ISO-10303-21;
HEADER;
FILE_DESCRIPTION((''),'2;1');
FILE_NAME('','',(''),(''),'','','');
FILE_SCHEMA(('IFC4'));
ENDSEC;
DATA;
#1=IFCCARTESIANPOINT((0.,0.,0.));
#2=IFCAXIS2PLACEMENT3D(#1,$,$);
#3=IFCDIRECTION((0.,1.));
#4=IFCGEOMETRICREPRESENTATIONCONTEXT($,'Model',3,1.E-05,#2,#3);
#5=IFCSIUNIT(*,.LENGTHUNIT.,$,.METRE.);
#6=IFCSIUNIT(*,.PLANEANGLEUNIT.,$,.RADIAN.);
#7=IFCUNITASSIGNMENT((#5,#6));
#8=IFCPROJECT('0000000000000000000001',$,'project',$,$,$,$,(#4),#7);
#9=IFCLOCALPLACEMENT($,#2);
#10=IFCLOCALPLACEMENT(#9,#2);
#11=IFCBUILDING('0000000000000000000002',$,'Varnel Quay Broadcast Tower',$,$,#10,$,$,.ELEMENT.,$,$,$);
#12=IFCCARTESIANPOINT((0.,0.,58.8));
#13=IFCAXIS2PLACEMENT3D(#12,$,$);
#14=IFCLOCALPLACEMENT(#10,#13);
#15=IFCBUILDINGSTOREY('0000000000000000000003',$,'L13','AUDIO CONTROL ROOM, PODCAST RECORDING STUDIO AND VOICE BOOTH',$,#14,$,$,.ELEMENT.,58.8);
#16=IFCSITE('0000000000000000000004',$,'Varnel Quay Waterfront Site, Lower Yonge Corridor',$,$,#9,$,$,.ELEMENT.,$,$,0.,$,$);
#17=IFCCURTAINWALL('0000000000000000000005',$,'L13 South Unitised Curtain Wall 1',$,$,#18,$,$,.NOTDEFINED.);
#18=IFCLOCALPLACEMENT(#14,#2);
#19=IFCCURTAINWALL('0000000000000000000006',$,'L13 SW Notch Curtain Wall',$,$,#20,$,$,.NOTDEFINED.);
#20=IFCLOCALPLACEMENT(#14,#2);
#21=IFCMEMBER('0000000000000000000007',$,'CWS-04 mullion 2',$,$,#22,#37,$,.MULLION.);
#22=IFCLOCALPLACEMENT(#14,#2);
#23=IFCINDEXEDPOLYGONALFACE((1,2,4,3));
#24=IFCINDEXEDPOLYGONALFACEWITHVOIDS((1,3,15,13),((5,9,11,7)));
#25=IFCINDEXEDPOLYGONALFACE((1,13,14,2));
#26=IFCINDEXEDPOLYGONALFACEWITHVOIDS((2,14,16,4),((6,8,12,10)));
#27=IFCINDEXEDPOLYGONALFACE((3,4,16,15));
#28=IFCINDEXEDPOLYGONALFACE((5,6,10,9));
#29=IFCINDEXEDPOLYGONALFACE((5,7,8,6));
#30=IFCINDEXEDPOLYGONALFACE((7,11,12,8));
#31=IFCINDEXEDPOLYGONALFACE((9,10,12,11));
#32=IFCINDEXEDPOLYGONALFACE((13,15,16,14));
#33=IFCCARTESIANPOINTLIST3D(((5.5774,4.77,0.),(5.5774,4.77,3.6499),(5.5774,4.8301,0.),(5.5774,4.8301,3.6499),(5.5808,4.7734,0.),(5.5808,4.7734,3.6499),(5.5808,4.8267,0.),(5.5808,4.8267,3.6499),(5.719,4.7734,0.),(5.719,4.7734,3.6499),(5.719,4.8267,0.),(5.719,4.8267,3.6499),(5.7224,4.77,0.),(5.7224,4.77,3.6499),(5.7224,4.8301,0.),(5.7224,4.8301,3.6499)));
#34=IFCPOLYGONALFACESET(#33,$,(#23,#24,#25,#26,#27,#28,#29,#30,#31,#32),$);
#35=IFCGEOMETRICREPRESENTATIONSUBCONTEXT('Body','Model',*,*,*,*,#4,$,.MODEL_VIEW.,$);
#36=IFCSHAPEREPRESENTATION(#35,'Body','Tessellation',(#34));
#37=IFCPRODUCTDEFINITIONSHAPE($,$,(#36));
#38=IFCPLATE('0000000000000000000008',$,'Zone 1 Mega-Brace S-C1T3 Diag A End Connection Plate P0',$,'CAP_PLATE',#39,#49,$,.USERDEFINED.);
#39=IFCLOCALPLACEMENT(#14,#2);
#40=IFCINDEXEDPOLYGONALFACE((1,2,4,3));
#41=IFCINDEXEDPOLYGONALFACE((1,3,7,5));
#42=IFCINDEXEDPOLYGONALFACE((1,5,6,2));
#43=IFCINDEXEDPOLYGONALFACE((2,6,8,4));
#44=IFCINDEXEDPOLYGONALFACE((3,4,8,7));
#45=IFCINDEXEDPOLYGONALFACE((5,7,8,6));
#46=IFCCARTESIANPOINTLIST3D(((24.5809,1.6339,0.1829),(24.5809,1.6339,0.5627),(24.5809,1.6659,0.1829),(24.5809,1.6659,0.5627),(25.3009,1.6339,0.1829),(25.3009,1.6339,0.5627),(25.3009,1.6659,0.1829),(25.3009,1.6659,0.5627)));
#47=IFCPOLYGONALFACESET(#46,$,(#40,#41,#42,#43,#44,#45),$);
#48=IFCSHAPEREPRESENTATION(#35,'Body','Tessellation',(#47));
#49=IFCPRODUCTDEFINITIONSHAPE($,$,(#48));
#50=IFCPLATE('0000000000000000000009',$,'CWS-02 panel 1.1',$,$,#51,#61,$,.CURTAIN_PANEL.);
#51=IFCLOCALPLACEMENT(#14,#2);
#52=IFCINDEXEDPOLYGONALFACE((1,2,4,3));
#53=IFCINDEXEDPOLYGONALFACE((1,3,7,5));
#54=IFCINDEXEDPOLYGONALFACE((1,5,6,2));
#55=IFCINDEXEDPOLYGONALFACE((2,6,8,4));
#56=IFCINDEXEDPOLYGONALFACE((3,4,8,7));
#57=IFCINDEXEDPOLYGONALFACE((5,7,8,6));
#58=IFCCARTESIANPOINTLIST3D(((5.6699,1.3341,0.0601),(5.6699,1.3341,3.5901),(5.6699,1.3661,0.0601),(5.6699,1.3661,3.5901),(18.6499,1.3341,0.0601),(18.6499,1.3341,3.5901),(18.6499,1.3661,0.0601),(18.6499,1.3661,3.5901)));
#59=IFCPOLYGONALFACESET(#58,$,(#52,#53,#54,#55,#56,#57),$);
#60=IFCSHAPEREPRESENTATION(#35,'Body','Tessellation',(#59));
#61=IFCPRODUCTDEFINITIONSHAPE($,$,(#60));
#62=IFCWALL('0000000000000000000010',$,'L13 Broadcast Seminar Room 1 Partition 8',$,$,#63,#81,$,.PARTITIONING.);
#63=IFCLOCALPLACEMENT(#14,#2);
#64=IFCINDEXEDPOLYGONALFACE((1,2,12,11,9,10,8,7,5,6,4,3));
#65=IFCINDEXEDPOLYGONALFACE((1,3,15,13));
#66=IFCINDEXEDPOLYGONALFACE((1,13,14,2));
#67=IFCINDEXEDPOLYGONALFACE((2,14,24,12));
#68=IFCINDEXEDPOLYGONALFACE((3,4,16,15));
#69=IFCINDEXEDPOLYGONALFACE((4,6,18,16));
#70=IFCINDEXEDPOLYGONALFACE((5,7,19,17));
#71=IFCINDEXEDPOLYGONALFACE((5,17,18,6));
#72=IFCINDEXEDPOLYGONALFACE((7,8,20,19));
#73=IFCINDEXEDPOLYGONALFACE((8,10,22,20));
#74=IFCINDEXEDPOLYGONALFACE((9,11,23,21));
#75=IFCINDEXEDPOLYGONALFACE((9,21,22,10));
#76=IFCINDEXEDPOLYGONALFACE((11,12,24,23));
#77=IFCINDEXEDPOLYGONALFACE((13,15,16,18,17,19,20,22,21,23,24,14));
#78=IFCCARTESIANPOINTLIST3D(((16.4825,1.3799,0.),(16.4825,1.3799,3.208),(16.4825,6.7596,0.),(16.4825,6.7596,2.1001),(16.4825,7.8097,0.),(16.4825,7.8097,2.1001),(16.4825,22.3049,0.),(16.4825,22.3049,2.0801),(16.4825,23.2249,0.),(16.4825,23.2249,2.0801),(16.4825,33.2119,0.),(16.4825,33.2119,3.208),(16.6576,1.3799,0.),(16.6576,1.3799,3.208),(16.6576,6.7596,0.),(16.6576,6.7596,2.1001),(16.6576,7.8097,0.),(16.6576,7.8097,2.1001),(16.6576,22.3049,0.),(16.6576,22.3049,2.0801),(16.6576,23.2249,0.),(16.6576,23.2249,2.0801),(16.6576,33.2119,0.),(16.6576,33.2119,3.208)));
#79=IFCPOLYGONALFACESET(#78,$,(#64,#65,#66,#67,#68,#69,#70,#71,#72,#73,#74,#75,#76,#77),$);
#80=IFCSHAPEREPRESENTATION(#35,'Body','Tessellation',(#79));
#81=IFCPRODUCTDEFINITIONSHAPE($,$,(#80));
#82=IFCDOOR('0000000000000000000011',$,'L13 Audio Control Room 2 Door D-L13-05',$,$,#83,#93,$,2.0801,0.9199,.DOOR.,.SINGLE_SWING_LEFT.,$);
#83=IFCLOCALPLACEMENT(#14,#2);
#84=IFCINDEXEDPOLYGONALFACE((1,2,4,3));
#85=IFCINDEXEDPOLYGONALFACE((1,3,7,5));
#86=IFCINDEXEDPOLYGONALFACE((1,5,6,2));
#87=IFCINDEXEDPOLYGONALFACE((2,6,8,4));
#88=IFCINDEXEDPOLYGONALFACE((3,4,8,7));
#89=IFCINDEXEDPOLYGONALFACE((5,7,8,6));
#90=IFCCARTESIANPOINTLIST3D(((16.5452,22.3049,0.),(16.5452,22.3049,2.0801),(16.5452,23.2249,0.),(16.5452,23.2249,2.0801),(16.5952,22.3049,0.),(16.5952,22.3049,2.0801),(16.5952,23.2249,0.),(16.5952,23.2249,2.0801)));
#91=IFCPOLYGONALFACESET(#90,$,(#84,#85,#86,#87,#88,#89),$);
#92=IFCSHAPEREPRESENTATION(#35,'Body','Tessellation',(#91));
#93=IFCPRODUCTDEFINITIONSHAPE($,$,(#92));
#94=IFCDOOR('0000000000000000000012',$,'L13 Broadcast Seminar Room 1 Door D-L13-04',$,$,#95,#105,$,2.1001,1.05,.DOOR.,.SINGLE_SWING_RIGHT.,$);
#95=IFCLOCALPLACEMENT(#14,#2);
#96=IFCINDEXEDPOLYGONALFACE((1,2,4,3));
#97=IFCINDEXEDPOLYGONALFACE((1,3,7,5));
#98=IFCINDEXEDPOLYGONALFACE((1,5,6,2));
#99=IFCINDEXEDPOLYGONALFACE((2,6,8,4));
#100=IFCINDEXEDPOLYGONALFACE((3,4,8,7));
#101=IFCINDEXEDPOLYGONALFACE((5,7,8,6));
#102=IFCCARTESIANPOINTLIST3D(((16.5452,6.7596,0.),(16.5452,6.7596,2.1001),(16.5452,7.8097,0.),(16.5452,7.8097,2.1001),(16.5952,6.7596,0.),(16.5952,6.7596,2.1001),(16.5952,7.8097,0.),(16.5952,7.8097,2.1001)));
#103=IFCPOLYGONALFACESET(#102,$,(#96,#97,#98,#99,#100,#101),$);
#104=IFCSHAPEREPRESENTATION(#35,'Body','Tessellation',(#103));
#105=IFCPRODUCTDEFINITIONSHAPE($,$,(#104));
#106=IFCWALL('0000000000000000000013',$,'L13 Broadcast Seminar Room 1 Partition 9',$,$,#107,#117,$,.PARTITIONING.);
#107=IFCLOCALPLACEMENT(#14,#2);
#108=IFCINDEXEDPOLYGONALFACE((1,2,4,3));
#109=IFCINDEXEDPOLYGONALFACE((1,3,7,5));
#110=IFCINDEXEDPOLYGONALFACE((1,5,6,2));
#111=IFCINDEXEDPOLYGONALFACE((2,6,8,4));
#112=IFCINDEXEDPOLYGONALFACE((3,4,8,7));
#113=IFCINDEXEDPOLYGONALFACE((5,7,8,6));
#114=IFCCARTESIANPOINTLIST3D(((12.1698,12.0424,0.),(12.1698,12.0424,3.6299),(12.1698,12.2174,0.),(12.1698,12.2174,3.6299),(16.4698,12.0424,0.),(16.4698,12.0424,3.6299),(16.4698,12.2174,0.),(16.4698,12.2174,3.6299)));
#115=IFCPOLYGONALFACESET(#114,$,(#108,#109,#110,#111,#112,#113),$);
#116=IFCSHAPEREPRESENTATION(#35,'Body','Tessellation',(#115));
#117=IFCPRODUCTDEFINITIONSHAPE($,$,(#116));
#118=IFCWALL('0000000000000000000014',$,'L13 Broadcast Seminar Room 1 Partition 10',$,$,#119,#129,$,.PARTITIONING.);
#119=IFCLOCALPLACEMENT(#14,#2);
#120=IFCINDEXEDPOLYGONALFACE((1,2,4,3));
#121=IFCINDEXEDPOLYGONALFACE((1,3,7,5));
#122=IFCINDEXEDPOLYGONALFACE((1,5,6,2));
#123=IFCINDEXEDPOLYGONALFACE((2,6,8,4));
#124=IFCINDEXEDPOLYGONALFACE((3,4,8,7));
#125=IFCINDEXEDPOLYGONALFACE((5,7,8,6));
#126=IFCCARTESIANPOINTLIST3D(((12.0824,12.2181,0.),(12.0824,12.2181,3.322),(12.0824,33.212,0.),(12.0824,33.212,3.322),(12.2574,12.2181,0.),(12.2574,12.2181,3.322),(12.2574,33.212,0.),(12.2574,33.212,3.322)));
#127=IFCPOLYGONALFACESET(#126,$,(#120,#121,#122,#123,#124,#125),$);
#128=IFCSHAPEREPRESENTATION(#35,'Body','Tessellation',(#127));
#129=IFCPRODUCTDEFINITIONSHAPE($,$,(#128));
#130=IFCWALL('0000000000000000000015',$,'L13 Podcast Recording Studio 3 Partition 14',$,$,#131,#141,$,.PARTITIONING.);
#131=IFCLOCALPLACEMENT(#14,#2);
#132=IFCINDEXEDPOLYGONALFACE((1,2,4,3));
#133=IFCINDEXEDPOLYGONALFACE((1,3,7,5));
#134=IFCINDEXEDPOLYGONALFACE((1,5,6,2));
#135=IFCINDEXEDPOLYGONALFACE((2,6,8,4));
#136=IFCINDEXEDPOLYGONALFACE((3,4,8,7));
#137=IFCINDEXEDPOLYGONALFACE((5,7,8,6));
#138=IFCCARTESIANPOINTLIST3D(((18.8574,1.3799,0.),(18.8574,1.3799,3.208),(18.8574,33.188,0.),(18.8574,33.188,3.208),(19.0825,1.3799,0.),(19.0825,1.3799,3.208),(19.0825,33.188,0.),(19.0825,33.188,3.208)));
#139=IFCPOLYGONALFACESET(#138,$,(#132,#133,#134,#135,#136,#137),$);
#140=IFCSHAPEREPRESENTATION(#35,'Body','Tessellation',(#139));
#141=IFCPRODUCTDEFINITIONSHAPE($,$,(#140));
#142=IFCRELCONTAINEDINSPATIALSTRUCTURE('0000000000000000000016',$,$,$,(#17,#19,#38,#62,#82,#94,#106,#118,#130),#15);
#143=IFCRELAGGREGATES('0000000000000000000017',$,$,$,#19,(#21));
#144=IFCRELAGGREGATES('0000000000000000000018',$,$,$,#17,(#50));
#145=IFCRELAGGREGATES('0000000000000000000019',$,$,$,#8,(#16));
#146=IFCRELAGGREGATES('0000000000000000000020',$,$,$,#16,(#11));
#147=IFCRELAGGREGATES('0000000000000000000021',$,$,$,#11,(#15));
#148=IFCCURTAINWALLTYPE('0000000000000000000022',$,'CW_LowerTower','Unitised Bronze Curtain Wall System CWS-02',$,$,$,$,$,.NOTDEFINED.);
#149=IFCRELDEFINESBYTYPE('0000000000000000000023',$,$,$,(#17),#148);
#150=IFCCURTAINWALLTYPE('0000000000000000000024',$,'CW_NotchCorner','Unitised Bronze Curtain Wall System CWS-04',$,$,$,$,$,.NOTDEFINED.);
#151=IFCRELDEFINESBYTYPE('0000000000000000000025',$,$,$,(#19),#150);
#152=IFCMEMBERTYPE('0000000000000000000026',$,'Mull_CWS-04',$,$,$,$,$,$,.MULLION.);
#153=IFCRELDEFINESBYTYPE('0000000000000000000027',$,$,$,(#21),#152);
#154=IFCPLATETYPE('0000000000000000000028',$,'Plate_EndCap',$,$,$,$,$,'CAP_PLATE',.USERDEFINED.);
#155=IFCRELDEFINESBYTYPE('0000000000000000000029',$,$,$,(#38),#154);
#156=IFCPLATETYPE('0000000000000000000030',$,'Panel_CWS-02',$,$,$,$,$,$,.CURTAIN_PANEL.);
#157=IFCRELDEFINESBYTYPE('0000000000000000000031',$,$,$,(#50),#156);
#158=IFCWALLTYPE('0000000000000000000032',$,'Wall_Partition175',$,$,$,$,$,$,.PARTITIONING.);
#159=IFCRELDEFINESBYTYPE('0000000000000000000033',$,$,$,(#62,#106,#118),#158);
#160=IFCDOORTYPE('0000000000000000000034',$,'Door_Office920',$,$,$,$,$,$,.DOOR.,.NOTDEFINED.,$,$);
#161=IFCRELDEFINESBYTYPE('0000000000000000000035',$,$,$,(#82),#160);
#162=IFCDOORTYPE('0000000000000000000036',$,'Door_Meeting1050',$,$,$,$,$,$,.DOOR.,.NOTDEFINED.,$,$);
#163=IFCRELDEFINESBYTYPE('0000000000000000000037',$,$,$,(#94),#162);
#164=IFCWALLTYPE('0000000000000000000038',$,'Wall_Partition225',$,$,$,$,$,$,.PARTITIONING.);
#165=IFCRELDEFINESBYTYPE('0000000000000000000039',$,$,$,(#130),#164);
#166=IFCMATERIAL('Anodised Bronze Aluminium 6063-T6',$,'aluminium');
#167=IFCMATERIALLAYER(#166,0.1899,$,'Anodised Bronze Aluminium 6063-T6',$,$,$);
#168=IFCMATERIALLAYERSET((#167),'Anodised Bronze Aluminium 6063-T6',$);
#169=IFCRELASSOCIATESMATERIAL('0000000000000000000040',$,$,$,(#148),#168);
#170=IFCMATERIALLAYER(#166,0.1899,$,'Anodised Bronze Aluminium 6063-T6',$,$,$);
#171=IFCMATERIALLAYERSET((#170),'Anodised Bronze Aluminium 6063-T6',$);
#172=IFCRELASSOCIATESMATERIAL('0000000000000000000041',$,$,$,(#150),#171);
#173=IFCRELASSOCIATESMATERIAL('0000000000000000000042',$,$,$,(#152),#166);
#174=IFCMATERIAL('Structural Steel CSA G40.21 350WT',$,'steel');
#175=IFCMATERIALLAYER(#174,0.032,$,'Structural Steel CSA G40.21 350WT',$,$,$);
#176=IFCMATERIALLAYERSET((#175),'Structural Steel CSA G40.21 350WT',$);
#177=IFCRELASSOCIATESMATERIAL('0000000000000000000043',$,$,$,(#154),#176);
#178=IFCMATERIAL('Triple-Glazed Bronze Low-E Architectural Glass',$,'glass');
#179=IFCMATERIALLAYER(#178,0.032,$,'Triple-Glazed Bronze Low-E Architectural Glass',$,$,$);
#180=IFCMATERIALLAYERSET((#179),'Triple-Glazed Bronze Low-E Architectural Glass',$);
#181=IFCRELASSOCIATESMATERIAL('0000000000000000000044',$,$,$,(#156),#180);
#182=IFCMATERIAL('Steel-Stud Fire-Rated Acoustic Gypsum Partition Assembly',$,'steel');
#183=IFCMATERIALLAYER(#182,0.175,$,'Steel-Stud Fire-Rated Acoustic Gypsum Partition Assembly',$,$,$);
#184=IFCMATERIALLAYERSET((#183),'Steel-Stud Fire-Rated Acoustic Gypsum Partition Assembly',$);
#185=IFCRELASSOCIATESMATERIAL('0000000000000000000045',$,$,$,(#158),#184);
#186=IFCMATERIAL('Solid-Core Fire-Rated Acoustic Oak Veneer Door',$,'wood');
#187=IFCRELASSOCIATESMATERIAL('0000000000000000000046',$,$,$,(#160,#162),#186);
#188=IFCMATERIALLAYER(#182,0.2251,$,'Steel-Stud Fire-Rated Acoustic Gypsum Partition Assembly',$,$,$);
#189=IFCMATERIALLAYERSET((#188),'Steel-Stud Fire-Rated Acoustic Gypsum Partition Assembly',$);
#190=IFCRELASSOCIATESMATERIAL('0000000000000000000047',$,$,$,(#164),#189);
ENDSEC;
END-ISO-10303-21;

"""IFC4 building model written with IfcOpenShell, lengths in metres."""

from ifc_helpers import new_model, si_unit, direction, frame, frame_2d, origin, origin_2d, place, context, subcontext, project, spatial, rectangle, hollow_rectangle, extrude, source, transform, mapped, material, layer, layer_set, material_profile, profile_set, type_object, type_shapes, element, fill, aggregate, save


model = new_model("IFC4")

# Units and contexts
model_context = context("Model", 3, precision=1e-05, world=origin(), true_north=direction((0.0, 1.0)))
body_context = subcontext(model_context, "Body", "Model", "MODEL_VIEW")
ifc_project = project(units=[si_unit("LENGTHUNIT", "METRE"), si_unit("PLANEANGLEUNIT", "RADIAN")], contexts=[model_context])

# Site, building, storey
site_placement = place(None, origin())
site = spatial("IfcSite", under=ifc_project, at=site_placement, Name="Varnel Quay Waterfront Site, Lower Yonge Corridor", CompositionType="ELEMENT", RefElevation=0.0)
building_placement = place(site_placement, origin())
building = spatial("IfcBuilding", under=site, at=building_placement, Name="Varnel Quay Broadcast Tower", CompositionType="ELEMENT")
storey_placement = place(building_placement, frame((0.0, 0.0, 58.8)))
storey = spatial("IfcBuildingStorey", under=building, at=storey_placement, Name="L13", Description="AUDIO CONTROL ROOM, PODCAST RECORDING STUDIO AND VOICE BOOTH", CompositionType="ELEMENT", Elevation=58.8)

# Shared definitions
ifc_material_1 = material(Name="Structural Steel CSA G40.21 350WT", Category="steel")

# Curtain wall
ifc_material_2 = material(Name="Anodised Bronze Aluminium 6063-T6", Category="aluminium")
ifc_layer_1 = layer(ifc_material_2, 0.1899, Name="Anodised Bronze Aluminium 6063-T6")
ifc_layer_set_1 = layer_set([ifc_layer_1], Name="Anodised Bronze Aluminium 6063-T6")
curtain_wall_type_1 = type_object("IfcCurtainWallType", Name="CW_LowerTower", Description="Unitised Bronze Curtain Wall System CWS-02", PredefinedType="NOTDEFINED", material=ifc_layer_set_1)
curtain_wall_1_placement = place(storey_placement, origin())
curtain_wall_1 = element("IfcCurtainWall", 1, at=curtain_wall_1_placement, inside=storey, type_object=curtain_wall_type_1, Name="L13 South Unitised Curtain Wall 1", PredefinedType="NOTDEFINED")

# Curtain wall, member
ifc_layer_2 = layer(ifc_material_2, 0.1899, Name="Anodised Bronze Aluminium 6063-T6")
ifc_layer_set_2 = layer_set([ifc_layer_2], Name="Anodised Bronze Aluminium 6063-T6")
curtain_wall_type_2 = type_object("IfcCurtainWallType", Name="CW_NotchCorner", Description="Unitised Bronze Curtain Wall System CWS-04", PredefinedType="NOTDEFINED", material=ifc_layer_set_2)
curtain_wall_2_placement = place(storey_placement, origin())
curtain_wall_2 = element("IfcCurtainWall", 2, at=curtain_wall_2_placement, inside=storey, type_object=curtain_wall_type_2, Name="L13 SW Notch Curtain Wall", PredefinedType="NOTDEFINED")
ifc_material_profile_1 = material_profile(ifc_material_2, hollow_rectangle(XDim=0.0601, YDim=0.145, WallThickness=0.0034, at=origin_2d()), Name="ALU60X145X3.5")
ifc_profile_set_1 = profile_set([ifc_material_profile_1], Name="Anodised Bronze Aluminium 6063-T6")
member_type_1 = type_object("IfcMemberType", Name="Mull_CWS-04", PredefinedType="MULLION", material=ifc_profile_set_1)
shared_shape_1 = source(origin(), body_context, "Body", "SweptSolid", [
    extrude(hollow_rectangle(XDim=0.0601, YDim=0.145, WallThickness=0.0034, at=origin_2d()), origin(), (0.0, 0.0, 1.0), 3.6499),
])
type_shapes(member_type_1, [shared_shape_1])
member_1_placement = place(storey_placement, frame((5.6499, 4.8, 0.0), z_axis=(0.0, 0.0, 1.0), x_axis=(0.0, 1.0, 0.0)))
member_1 = element("IfcMember", 3, at=member_1_placement, type_object=member_type_1, Name="CWS-04 mullion 2", PredefinedType="MULLION", context=body_context, shape_type="MappedRepresentation", body=[
    mapped(shared_shape_1, transform((0.0, 0.0, 0.0), x_axis=(1.0, 0.0, 0.0), y_axis=(0.0, 1.0, 0.0), z_axis=(0.0, 0.0, 1.0), scale=1.0)),
])
aggregate(curtain_wall_2, [member_1])

# Plates
ifc_layer_3 = layer(ifc_material_1, 0.032, Name="Structural Steel CSA G40.21 350WT")
ifc_layer_set_3 = layer_set([ifc_layer_3], Name="Structural Steel CSA G40.21 350WT")
plate_type_1 = type_object("IfcPlateType", Name="Plate_EndCap", ElementType="CAP_PLATE", PredefinedType="USERDEFINED", material=ifc_layer_set_3)
shared_shape_2 = source(origin(), body_context, "Body", "SweptSolid", [
    extrude(rectangle(XDim=0.72, YDim=0.032, at=origin_2d()), origin(), (0.0, 0.0, 1.0), 0.3799),
])
type_shapes(plate_type_1, [shared_shape_2])
plate_1_placement = place(storey_placement, frame((24.9409, 1.6499, 0.1829), z_axis=(0.0, 0.0, 1.0), x_axis=(1.0, 0.0, 0.0)))
element("IfcPlate", 4, at=plate_1_placement, inside=storey, type_object=plate_type_1, Name="Zone 1 Mega-Brace S-C1T3 Diag A End Connection Plate P0", ObjectType="CAP_PLATE", PredefinedType="USERDEFINED", context=body_context, shape_type="MappedRepresentation", body=[
    mapped(shared_shape_2, transform((0.0, 0.0, 0.0), x_axis=(1.0, 0.0, 0.0), y_axis=(0.0, 1.0, 0.0), z_axis=(0.0, 0.0, 1.0), scale=1.0)),
])
ifc_material_3 = material(Name="Triple-Glazed Bronze Low-E Architectural Glass", Category="glass")
ifc_layer_4 = layer(ifc_material_3, 0.032, Name="Triple-Glazed Bronze Low-E Architectural Glass")
ifc_layer_set_4 = layer_set([ifc_layer_4], Name="Triple-Glazed Bronze Low-E Architectural Glass")
plate_type_2 = type_object("IfcPlateType", Name="Panel_CWS-02", PredefinedType="CURTAIN_PANEL", material=ifc_layer_set_4)
shared_shape_3 = source(origin(), body_context, "Body", "SweptSolid", [
    extrude(rectangle(XDim=12.98, YDim=0.032, at=origin_2d()), origin(), (0.0, 0.0, 1.0), 3.53),
])
type_shapes(plate_type_2, [shared_shape_3])
plate_2_placement = place(storey_placement, frame((12.1599, 1.3501, 0.0601), z_axis=(0.0, 0.0, 1.0), x_axis=(1.0, 0.0, 0.0)))
plate_2 = element("IfcPlate", 5, at=plate_2_placement, type_object=plate_type_2, Name="CWS-02 panel 1.1", PredefinedType="CURTAIN_PANEL", context=body_context, shape_type="MappedRepresentation", body=[
    mapped(shared_shape_3, transform((0.0, 0.0, 0.0), x_axis=(1.0, 0.0, 0.0), y_axis=(0.0, 1.0, 0.0), z_axis=(0.0, 0.0, 1.0), scale=1.0)),
])
aggregate(curtain_wall_1, [plate_2])

# Wall, openings, doors
ifc_material_4 = material(Name="Steel-Stud Fire-Rated Acoustic Gypsum Partition Assembly", Category="steel")
ifc_layer_5 = layer(ifc_material_4, 0.175, Name="Steel-Stud Fire-Rated Acoustic Gypsum Partition Assembly")
ifc_layer_set_5 = layer_set([ifc_layer_5], Name="Steel-Stud Fire-Rated Acoustic Gypsum Partition Assembly")
wall_type_1 = type_object("IfcWallType", Name="Wall_Partition175", PredefinedType="PARTITIONING", material=ifc_layer_set_5)
wall_1_placement = place(storey_placement, frame((16.5701, 1.3799, 0.0), z_axis=(0.0, 0.0, 1.0), x_axis=(0.0, 1.0, 0.0)))
wall_1 = element("IfcWall", 6, at=wall_1_placement, inside=storey, type_object=wall_type_1, Name="L13 Broadcast Seminar Room 1 Partition 8", PredefinedType="PARTITIONING", context=body_context, shape_type="SweptSolid", body=[
    extrude(rectangle(XDim=31.832, YDim=0.175, at=frame_2d((15.916, 0.0))), origin(), (0.0, 0.0, 1.0), 3.208),
])
opening_1_placement = place(wall_1_placement, frame((5.3799, 0.0, 0.0)))
opening_1 = element("IfcOpeningElement", 7, at=opening_1_placement, cuts=wall_1, PredefinedType="OPENING", context=body_context, shape_type="SweptSolid", body=[
    extrude(rectangle(XDim=1.05, YDim=2.1001, at=frame_2d((0.5249, 1.05))), frame((0.0, 0.0977, 0.0), z_axis=(0.0, -1.0, 0.0), x_axis=(1.0, 0.0, 0.0)), (0.0, 0.0, 1.0), 0.1951),
])
opening_2_placement = place(wall_1_placement, frame((20.925, 0.0, 0.0)))
opening_2 = element("IfcOpeningElement", 8, at=opening_2_placement, cuts=wall_1, PredefinedType="OPENING", context=body_context, shape_type="SweptSolid", body=[
    extrude(rectangle(XDim=0.9199, YDim=2.0801, at=frame_2d((0.46, 1.04))), frame((0.0, 0.0977, 0.0), z_axis=(0.0, -1.0, 0.0), x_axis=(1.0, 0.0, 0.0)), (0.0, 0.0, 1.0), 0.1951),
])
ifc_material_5 = material(Name="Solid-Core Fire-Rated Acoustic Oak Veneer Door", Category="wood")
door_type_1 = type_object("IfcDoorType", Name="Door_Office920", OperationType="NOTDEFINED", PredefinedType="DOOR", material=ifc_material_5)
shared_shape_4 = source(origin(), body_context, "Body", "SweptSolid", [
    extrude(rectangle(XDim=0.9199, YDim=2.0801, at=frame_2d((0.46, 1.04))), frame((0.0, 0.0249, 0.0), z_axis=(0.0, -1.0, 0.0), x_axis=(1.0, 0.0, 0.0)), (0.0, 0.0, 1.0), 0.05),
])
type_shapes(door_type_1, [shared_shape_4])
door_1_placement = place(opening_2_placement, origin())
door_1 = element("IfcDoor", 9, at=door_1_placement, inside=storey, type_object=door_type_1, Name="L13 Audio Control Room 2 Door D-L13-05", OperationType="SINGLE_SWING_LEFT", OverallHeight=2.0801, OverallWidth=0.9199, PredefinedType="DOOR", context=body_context, shape_type="MappedRepresentation", body=[
    mapped(shared_shape_4, transform((0.0, 0.0, 0.0), x_axis=(1.0, 0.0, 0.0), y_axis=(0.0, 1.0, 0.0), z_axis=(0.0, 0.0, 1.0), scale=1.0)),
])
fill(opening_2, door_1)
door_type_2 = type_object("IfcDoorType", Name="Door_Meeting1050", OperationType="NOTDEFINED", PredefinedType="DOOR", material=ifc_material_5)
shared_shape_5 = source(origin(), body_context, "Body", "SweptSolid", [
    extrude(rectangle(XDim=1.05, YDim=2.1001, at=frame_2d((0.5249, 1.05))), frame((0.0, 0.0249, 0.0), z_axis=(0.0, -1.0, 0.0), x_axis=(1.0, 0.0, 0.0)), (0.0, 0.0, 1.0), 0.05),
])
type_shapes(door_type_2, [shared_shape_5])
door_2_placement = place(opening_1_placement, origin())
door_2 = element("IfcDoor", 10, at=door_2_placement, inside=storey, type_object=door_type_2, Name="L13 Broadcast Seminar Room 1 Door D-L13-04", OperationType="SINGLE_SWING_RIGHT", OverallHeight=2.1001, OverallWidth=1.05, PredefinedType="DOOR", context=body_context, shape_type="MappedRepresentation", body=[
    mapped(shared_shape_5, transform((0.0, 0.0, 0.0), x_axis=(1.0, 0.0, 0.0), y_axis=(0.0, 1.0, 0.0), z_axis=(0.0, 0.0, 1.0), scale=1.0)),
])
fill(opening_1, door_2)

# Walls
wall_2_placement = place(storey_placement, frame((12.1699, 12.1299, 0.0), z_axis=(0.0, 0.0, 1.0), x_axis=(1.0, 0.0, 0.0)))
element("IfcWall", 11, at=wall_2_placement, inside=storey, type_object=wall_type_1, Name="L13 Broadcast Seminar Room 1 Partition 9", PredefinedType="PARTITIONING", context=body_context, shape_type="SweptSolid", body=[
    extrude(rectangle(XDim=4.3, YDim=0.175, at=frame_2d((2.1499, 0.0))), origin(), (0.0, 0.0, 1.0), 3.6299),
])
wall_3_placement = place(storey_placement, frame((12.1699, 12.218, 0.0), z_axis=(0.0, 0.0, 1.0), x_axis=(0.0, 1.0, 0.0)))
element("IfcWall", 12, at=wall_3_placement, inside=storey, type_object=wall_type_1, Name="L13 Broadcast Seminar Room 1 Partition 10", PredefinedType="PARTITIONING", context=body_context, shape_type="SweptSolid", body=[
    extrude(rectangle(XDim=20.9939, YDim=0.175, at=frame_2d((10.4971, 0.0))), origin(), (0.0, 0.0, 1.0), 3.322),
])
ifc_layer_6 = layer(ifc_material_4, 0.2251, Name="Steel-Stud Fire-Rated Acoustic Gypsum Partition Assembly")
ifc_layer_set_6 = layer_set([ifc_layer_6], Name="Steel-Stud Fire-Rated Acoustic Gypsum Partition Assembly")
wall_type_2 = type_object("IfcWallType", Name="Wall_Partition225", PredefinedType="PARTITIONING", material=ifc_layer_set_6)
wall_4_placement = place(storey_placement, frame((18.97, 1.3799, 0.0), z_axis=(0.0, 0.0, 1.0), x_axis=(0.0, 1.0, 0.0)))
element("IfcWall", 13, at=wall_4_placement, inside=storey, type_object=wall_type_2, Name="L13 Podcast Recording Studio 3 Partition 14", PredefinedType="PARTITIONING", context=body_context, shape_type="SweptSolid", body=[
    extrude(rectangle(XDim=31.8081, YDim=0.2251, at=frame_2d((15.9041, 0.0))), origin(), (0.0, 0.0, 1.0), 3.208),
])

save(model, "model.ifc")
